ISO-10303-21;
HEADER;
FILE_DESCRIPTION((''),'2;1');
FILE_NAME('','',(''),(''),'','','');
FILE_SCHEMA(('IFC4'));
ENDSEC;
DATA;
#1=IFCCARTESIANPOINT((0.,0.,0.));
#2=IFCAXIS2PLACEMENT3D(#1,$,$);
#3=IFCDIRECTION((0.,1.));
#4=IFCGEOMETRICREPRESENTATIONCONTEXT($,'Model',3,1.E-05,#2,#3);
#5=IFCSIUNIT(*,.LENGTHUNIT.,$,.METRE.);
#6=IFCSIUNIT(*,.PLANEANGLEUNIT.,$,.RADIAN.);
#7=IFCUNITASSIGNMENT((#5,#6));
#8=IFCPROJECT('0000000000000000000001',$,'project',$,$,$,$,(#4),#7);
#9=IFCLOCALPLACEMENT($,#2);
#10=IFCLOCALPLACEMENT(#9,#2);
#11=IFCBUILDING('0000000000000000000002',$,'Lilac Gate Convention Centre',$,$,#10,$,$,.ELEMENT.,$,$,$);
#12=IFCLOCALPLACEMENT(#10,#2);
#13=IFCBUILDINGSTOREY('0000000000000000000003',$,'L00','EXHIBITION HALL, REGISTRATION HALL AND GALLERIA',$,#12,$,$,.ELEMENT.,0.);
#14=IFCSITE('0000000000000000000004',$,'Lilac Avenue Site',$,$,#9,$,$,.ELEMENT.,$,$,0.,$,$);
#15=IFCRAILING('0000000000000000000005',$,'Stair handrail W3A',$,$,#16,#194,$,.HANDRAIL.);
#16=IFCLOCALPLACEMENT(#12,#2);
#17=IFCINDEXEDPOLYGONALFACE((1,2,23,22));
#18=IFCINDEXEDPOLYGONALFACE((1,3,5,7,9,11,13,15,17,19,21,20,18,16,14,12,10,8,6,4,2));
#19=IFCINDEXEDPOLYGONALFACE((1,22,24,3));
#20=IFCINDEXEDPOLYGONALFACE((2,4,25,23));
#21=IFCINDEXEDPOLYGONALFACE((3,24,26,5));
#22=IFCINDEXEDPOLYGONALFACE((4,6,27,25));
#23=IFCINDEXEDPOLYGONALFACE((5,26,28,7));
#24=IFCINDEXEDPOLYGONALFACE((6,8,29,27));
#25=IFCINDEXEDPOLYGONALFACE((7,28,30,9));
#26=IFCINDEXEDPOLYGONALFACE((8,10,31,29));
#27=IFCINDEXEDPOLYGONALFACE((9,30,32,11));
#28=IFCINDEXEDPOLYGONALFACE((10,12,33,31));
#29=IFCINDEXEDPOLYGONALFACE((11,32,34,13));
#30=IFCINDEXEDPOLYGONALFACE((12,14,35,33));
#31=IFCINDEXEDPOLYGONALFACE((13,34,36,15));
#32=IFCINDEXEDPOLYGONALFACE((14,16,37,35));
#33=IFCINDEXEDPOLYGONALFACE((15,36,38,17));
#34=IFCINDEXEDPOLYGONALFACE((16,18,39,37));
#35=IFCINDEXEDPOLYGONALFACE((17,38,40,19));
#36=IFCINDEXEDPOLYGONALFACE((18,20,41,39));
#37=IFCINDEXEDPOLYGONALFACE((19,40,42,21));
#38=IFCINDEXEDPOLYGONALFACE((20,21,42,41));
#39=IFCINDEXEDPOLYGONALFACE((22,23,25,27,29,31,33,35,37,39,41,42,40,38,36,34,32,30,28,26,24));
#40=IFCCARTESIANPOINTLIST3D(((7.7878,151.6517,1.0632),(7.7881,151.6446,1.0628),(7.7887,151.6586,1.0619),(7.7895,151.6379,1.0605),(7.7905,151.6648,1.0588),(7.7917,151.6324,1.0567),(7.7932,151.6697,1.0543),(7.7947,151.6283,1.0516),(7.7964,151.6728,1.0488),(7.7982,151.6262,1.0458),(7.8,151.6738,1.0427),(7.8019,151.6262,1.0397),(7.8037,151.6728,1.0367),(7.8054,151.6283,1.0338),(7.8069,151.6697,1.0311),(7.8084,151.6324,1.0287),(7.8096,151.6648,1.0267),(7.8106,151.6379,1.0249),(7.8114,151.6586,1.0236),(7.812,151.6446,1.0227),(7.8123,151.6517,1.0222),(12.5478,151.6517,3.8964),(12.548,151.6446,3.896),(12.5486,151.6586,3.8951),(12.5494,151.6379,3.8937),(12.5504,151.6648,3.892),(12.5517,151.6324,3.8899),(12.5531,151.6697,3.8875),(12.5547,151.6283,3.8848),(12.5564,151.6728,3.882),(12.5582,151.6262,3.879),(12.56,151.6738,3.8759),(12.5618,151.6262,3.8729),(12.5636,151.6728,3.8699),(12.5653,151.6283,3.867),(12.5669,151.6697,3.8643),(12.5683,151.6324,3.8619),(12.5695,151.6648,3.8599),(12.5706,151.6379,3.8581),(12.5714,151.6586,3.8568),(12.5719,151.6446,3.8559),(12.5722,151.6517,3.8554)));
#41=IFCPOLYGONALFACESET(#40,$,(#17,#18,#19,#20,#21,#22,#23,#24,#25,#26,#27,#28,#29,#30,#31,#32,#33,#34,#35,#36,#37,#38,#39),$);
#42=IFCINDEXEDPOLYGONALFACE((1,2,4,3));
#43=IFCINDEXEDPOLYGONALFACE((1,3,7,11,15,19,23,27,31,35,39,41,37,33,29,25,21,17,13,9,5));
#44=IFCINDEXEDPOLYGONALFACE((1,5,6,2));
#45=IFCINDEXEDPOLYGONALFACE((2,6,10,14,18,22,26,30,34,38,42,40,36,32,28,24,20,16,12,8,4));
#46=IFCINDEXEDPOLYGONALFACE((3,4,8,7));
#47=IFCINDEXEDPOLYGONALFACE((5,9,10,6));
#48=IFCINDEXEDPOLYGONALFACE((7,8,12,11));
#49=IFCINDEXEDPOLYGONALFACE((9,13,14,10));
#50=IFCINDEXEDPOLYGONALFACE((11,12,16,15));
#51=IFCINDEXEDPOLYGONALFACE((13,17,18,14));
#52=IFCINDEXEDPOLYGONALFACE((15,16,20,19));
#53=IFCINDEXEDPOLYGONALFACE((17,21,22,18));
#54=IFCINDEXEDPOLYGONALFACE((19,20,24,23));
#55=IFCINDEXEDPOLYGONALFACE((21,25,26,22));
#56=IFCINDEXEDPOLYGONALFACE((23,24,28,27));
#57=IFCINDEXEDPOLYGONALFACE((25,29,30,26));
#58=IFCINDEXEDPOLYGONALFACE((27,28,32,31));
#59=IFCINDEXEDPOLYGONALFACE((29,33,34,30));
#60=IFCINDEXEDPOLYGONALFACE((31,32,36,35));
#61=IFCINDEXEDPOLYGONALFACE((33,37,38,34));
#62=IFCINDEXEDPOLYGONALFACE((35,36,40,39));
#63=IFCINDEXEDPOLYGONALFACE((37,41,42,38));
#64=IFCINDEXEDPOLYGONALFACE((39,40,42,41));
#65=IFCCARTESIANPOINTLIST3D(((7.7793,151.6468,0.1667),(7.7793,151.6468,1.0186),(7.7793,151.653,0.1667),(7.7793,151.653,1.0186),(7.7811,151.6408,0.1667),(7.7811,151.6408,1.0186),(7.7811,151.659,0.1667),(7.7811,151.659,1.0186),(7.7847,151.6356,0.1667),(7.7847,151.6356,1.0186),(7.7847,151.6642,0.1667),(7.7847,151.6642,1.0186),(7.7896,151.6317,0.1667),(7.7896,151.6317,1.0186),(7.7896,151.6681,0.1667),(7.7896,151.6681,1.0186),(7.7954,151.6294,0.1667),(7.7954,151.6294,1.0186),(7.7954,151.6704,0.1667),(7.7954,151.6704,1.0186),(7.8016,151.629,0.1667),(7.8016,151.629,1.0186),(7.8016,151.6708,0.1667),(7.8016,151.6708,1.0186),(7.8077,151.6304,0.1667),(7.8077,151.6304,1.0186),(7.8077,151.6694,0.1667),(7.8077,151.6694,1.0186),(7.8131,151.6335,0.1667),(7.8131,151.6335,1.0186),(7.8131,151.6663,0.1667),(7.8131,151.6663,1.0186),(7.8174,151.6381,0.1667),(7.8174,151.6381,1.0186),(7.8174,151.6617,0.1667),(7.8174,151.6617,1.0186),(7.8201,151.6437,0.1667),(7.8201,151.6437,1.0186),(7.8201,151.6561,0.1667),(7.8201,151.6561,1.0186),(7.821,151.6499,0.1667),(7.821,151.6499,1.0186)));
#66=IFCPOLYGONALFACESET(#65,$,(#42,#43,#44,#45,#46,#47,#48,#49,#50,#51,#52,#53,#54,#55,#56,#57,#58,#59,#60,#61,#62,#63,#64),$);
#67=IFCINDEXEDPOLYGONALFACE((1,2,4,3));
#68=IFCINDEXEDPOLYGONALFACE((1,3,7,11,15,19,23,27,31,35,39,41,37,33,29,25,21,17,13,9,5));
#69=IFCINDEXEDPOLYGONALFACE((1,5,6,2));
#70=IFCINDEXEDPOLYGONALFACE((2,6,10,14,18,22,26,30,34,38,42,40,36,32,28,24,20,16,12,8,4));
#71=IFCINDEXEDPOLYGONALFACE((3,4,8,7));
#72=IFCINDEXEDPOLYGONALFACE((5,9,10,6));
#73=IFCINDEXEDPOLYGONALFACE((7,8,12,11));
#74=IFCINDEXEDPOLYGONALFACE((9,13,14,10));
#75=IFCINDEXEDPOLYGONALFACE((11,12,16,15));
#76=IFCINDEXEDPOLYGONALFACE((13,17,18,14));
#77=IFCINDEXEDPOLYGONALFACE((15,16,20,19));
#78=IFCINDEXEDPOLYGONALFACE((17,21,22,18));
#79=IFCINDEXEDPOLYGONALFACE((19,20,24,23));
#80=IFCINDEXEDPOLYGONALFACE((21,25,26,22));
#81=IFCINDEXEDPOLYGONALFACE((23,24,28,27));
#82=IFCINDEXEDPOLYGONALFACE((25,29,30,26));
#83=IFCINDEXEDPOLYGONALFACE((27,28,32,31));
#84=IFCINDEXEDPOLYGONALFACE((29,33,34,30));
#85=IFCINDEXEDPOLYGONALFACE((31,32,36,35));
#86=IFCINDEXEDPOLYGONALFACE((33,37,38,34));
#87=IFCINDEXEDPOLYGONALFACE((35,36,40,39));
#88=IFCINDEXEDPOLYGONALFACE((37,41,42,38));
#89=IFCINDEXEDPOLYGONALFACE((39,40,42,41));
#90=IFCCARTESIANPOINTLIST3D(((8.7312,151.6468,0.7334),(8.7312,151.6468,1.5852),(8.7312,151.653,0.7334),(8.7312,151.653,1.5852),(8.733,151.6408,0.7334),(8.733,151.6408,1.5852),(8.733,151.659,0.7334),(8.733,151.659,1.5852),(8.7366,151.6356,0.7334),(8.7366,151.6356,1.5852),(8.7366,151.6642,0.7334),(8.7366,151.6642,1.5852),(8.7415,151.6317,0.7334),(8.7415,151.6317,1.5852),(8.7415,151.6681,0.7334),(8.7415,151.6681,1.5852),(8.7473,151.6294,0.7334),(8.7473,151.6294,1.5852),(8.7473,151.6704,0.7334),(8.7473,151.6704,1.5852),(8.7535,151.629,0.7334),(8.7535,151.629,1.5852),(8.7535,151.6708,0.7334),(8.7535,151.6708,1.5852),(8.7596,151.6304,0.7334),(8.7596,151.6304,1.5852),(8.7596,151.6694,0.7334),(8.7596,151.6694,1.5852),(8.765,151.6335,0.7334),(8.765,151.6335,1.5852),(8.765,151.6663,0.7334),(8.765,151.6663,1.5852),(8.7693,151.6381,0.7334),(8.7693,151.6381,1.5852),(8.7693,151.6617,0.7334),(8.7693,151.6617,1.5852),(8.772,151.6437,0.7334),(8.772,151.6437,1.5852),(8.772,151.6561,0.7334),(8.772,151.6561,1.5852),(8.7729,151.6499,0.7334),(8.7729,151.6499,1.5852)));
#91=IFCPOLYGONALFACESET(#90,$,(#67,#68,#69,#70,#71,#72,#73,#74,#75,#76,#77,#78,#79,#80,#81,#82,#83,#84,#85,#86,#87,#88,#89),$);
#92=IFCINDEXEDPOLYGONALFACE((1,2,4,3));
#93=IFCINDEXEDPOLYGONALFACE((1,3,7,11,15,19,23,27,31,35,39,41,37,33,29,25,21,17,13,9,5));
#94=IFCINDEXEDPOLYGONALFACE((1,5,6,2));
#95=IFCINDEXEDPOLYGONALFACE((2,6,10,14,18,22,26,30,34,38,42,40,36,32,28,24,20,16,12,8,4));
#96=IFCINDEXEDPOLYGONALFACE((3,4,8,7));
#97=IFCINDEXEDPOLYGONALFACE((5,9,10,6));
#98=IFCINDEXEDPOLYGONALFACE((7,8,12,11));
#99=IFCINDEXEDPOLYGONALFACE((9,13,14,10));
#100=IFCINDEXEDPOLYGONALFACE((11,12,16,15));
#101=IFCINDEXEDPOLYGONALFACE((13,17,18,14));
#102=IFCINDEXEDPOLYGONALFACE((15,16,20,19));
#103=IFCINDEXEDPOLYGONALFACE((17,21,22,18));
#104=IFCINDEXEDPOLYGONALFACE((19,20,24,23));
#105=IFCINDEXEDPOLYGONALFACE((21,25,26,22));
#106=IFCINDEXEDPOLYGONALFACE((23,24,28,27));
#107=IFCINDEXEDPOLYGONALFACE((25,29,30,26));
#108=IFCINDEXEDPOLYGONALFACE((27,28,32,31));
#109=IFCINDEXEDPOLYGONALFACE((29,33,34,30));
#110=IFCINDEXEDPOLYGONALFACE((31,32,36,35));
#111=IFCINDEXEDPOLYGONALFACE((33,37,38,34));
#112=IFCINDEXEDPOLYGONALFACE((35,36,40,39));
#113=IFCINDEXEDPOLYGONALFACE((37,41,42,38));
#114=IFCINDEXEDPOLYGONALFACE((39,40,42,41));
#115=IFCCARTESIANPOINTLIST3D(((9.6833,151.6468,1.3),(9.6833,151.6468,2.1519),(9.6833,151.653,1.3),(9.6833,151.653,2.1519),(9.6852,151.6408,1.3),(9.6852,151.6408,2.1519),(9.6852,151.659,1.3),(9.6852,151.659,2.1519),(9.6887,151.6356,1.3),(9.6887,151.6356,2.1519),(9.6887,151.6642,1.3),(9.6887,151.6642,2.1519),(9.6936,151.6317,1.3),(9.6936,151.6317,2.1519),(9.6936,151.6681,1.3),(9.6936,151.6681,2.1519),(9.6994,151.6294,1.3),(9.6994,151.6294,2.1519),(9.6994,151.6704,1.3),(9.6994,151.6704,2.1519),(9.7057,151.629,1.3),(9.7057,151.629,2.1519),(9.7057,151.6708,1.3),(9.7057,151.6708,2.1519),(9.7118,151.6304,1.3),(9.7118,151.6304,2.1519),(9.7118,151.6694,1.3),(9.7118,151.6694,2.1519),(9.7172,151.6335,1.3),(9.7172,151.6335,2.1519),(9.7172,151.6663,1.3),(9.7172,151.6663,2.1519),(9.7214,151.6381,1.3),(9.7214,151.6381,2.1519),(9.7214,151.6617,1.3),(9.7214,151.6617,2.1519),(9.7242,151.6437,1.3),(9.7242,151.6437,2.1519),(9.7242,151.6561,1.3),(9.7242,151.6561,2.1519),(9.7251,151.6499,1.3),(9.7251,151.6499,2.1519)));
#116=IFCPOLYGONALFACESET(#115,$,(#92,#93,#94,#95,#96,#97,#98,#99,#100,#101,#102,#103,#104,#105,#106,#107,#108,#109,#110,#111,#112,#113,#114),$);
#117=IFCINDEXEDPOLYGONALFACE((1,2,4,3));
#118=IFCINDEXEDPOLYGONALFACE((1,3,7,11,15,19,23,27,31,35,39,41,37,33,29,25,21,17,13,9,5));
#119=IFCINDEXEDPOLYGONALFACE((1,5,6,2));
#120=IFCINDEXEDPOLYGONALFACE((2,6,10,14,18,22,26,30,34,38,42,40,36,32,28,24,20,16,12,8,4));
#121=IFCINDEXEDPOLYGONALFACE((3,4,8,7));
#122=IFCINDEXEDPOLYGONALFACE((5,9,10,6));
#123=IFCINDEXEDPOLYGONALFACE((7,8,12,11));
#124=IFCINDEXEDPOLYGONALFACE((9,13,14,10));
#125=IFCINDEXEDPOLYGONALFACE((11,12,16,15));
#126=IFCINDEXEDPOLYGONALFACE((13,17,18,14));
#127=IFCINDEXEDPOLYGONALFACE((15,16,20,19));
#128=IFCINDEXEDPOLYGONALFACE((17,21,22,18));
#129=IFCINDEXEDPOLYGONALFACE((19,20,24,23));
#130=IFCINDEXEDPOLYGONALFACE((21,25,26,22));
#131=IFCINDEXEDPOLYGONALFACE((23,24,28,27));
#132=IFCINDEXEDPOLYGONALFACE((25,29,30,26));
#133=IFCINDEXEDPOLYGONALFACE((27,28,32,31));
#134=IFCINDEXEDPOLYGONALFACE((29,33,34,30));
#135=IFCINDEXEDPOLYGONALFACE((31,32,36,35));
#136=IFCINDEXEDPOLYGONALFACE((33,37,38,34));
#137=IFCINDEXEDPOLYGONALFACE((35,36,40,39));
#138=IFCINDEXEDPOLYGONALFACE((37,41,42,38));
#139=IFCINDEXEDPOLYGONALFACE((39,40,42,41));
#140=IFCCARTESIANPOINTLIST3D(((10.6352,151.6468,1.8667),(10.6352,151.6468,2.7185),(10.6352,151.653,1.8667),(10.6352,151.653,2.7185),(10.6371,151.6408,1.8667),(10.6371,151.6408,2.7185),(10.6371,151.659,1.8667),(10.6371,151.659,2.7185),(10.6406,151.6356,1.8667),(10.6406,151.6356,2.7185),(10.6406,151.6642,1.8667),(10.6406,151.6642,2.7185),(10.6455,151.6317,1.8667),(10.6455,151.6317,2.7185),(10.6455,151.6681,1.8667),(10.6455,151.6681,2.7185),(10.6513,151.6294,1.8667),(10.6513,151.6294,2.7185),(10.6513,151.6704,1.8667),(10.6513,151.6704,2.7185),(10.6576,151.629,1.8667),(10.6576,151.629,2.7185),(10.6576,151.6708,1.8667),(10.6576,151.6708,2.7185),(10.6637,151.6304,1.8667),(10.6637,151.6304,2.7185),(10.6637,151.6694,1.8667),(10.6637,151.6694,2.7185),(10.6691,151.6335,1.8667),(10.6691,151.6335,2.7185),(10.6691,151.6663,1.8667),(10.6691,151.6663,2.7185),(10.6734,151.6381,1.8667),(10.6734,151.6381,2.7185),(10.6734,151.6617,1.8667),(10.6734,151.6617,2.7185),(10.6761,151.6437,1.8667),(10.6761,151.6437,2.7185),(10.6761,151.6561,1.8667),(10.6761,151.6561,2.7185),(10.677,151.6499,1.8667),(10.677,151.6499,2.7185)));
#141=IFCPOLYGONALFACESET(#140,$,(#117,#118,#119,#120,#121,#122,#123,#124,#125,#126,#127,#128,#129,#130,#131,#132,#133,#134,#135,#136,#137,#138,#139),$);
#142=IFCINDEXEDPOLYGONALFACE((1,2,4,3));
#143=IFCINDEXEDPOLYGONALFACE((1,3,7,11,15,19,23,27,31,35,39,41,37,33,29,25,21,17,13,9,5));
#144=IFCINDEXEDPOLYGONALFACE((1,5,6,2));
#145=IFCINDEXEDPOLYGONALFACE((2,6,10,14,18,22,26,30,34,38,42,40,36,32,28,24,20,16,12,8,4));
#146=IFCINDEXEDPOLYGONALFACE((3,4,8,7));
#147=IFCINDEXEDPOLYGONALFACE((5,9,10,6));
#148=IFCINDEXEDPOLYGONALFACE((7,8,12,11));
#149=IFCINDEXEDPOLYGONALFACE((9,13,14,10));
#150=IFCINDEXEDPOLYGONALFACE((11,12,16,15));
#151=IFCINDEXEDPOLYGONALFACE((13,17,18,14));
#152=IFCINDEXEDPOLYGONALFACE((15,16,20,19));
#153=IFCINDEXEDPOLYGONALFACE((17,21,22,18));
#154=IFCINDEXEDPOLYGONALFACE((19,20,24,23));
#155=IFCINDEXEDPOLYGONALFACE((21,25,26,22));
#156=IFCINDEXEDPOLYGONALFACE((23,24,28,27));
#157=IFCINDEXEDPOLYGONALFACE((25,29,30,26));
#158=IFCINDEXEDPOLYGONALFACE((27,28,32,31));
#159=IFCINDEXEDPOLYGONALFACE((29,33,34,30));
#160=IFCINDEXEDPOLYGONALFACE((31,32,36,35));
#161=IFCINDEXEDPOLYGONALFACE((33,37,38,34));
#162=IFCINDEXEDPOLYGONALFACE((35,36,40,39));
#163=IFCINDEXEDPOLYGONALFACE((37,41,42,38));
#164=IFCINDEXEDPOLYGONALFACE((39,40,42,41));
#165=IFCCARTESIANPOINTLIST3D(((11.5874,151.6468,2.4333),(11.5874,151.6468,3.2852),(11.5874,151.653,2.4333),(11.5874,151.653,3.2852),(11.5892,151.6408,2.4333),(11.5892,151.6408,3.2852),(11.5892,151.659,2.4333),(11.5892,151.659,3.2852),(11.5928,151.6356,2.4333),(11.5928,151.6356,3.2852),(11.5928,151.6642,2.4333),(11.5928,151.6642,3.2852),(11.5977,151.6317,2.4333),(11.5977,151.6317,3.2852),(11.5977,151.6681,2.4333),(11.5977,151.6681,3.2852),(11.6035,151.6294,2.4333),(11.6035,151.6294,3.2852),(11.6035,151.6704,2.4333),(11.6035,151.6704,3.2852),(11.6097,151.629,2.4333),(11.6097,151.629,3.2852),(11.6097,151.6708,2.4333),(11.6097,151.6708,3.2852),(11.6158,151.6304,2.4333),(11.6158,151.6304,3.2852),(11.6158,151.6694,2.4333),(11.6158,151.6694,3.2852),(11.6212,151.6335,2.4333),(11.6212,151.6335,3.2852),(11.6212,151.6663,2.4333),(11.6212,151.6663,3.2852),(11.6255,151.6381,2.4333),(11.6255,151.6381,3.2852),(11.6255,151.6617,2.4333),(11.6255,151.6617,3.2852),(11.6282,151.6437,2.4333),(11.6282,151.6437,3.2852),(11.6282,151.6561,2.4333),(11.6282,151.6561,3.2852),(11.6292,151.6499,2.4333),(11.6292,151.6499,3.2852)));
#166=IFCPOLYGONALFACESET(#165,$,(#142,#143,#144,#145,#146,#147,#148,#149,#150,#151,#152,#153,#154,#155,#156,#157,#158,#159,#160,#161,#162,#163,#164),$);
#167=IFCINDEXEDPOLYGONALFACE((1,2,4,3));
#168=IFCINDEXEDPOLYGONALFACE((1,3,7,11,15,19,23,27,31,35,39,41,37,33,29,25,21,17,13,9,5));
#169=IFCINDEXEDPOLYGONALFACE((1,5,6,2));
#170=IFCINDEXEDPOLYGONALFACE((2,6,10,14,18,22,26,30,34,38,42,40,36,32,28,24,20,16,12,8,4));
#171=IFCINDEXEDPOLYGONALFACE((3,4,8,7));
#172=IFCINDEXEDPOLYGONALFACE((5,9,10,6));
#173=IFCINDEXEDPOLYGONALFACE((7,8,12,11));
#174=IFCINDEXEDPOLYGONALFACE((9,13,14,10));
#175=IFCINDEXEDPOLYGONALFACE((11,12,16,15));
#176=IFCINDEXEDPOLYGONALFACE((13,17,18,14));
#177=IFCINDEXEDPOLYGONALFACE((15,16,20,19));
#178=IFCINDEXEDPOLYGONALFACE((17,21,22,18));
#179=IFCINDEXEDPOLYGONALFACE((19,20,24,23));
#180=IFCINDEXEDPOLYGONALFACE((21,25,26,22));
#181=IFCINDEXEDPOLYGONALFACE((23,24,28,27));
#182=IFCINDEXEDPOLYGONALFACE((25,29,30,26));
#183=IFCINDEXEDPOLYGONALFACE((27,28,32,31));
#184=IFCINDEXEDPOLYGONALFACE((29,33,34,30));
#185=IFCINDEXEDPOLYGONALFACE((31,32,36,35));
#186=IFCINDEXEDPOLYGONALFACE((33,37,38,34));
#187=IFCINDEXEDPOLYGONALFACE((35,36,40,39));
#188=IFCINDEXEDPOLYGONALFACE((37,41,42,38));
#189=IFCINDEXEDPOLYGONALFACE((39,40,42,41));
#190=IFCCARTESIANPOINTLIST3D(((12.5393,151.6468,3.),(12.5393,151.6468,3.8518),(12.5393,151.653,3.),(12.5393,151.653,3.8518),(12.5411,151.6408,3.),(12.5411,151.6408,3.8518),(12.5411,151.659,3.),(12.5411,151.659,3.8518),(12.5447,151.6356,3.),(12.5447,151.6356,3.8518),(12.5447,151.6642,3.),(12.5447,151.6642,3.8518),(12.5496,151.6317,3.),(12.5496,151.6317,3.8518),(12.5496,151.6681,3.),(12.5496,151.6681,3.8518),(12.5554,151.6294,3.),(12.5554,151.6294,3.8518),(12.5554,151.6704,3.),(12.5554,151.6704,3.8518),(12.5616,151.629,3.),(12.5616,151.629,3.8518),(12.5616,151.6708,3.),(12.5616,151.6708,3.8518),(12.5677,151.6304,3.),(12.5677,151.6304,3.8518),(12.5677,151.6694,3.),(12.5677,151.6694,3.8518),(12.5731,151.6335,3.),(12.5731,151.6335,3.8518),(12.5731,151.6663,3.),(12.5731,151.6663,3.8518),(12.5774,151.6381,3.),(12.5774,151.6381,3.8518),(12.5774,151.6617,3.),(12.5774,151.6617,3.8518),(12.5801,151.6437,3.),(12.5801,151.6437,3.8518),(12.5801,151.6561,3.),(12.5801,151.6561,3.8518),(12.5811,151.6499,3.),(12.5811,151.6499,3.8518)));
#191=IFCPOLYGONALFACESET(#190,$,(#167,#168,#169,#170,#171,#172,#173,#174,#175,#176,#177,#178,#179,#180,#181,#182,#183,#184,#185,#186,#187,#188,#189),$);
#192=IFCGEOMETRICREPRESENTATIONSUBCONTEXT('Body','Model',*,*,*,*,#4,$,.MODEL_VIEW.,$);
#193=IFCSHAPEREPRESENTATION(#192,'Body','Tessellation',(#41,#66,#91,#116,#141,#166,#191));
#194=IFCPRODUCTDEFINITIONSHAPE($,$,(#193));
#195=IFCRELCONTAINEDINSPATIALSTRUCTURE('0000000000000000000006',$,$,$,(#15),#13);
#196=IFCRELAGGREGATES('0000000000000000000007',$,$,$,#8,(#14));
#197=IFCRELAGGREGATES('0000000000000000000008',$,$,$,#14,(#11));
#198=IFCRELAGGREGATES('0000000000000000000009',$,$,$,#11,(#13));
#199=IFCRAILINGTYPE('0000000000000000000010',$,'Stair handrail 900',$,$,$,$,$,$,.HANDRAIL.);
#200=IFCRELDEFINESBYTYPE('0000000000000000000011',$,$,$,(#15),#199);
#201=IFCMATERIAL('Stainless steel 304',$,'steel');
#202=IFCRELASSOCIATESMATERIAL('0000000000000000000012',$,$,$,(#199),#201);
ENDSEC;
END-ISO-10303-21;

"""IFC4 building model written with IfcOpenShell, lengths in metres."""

from ifc_helpers import new_model, si_unit, direction, frame, origin, origin_2d, place, context, subcontext, project, spatial, circle, extrude, material, type_object, element, save


model = new_model("IFC4")

# Units and contexts
model_context = context("Model", 3, precision=1e-05, world=origin(), true_north=direction((0.0, 1.0)))
body_context = subcontext(model_context, "Body", "Model", "MODEL_VIEW")
ifc_project = project(units=[si_unit("LENGTHUNIT", "METRE"), si_unit("PLANEANGLEUNIT", "RADIAN")], contexts=[model_context])

# Site, building, storey
site_placement = place(None, origin())
site = spatial("IfcSite", under=ifc_project, at=site_placement, Name="Lilac Avenue Site", CompositionType="ELEMENT", RefElevation=0.0)
building_placement = place(site_placement, origin())
building = spatial("IfcBuilding", under=site, at=building_placement, Name="Lilac Gate Convention Centre", CompositionType="ELEMENT")
storey_placement = place(building_placement, origin())
storey = spatial("IfcBuildingStorey", under=building, at=storey_placement, Name="L00", Description="EXHIBITION HALL, REGISTRATION HALL AND GALLERIA", CompositionType="ELEMENT", Elevation=0.0)

# Railing
ifc_material_1 = material(Name="Stainless steel 304", Category="steel")
railing_type = type_object("IfcRailingType", Name="Stair handrail 900", PredefinedType="HANDRAIL", material=ifc_material_1)
for number, where, name in (
    (1, (7.8, 151.6499, 0.1667), "Stair handrail W3A"),
):
    element("IfcRailing", number, at=place(storey_placement, frame(where)), inside=storey, type_object=railing_type, Name=name, PredefinedType="HANDRAIL", context=body_context, shape_type="SweptSolid", body=[
        extrude(circle(Radius=0.0239, at=origin_2d()), frame((0.0, 0.0, 0.876), z_axis=(0.8593, 0.0, 0.511472), x_axis=(0.0, 1.0, 0.0)), (0.0, 0.0, 1.0), 5.5393),
        extrude(circle(Radius=0.021, at=origin_2d()), origin(), (0.0, 0.0, 1.0), 0.8518),
        extrude(circle(Radius=0.021, at=origin_2d()), frame((0.9519, 0.0, 0.5667)), (0.0, 0.0, 1.0), 0.8518),
        extrude(circle(Radius=0.021, at=origin_2d()), frame((1.9041, 0.0, 1.1333)), (0.0, 0.0, 1.0), 0.8518),
        extrude(circle(Radius=0.021, at=origin_2d()), frame((2.856, 0.0, 1.7)), (0.0, 0.0, 1.0), 0.8518),
        extrude(circle(Radius=0.021, at=origin_2d()), frame((3.8081, 0.0, 2.2666)), (0.0, 0.0, 1.0), 0.8518),
        extrude(circle(Radius=0.021, at=origin_2d()), frame((4.76, 0.0, 2.8333)), (0.0, 0.0, 1.0), 0.8518),
    ])

save(model, "model.ifc")
